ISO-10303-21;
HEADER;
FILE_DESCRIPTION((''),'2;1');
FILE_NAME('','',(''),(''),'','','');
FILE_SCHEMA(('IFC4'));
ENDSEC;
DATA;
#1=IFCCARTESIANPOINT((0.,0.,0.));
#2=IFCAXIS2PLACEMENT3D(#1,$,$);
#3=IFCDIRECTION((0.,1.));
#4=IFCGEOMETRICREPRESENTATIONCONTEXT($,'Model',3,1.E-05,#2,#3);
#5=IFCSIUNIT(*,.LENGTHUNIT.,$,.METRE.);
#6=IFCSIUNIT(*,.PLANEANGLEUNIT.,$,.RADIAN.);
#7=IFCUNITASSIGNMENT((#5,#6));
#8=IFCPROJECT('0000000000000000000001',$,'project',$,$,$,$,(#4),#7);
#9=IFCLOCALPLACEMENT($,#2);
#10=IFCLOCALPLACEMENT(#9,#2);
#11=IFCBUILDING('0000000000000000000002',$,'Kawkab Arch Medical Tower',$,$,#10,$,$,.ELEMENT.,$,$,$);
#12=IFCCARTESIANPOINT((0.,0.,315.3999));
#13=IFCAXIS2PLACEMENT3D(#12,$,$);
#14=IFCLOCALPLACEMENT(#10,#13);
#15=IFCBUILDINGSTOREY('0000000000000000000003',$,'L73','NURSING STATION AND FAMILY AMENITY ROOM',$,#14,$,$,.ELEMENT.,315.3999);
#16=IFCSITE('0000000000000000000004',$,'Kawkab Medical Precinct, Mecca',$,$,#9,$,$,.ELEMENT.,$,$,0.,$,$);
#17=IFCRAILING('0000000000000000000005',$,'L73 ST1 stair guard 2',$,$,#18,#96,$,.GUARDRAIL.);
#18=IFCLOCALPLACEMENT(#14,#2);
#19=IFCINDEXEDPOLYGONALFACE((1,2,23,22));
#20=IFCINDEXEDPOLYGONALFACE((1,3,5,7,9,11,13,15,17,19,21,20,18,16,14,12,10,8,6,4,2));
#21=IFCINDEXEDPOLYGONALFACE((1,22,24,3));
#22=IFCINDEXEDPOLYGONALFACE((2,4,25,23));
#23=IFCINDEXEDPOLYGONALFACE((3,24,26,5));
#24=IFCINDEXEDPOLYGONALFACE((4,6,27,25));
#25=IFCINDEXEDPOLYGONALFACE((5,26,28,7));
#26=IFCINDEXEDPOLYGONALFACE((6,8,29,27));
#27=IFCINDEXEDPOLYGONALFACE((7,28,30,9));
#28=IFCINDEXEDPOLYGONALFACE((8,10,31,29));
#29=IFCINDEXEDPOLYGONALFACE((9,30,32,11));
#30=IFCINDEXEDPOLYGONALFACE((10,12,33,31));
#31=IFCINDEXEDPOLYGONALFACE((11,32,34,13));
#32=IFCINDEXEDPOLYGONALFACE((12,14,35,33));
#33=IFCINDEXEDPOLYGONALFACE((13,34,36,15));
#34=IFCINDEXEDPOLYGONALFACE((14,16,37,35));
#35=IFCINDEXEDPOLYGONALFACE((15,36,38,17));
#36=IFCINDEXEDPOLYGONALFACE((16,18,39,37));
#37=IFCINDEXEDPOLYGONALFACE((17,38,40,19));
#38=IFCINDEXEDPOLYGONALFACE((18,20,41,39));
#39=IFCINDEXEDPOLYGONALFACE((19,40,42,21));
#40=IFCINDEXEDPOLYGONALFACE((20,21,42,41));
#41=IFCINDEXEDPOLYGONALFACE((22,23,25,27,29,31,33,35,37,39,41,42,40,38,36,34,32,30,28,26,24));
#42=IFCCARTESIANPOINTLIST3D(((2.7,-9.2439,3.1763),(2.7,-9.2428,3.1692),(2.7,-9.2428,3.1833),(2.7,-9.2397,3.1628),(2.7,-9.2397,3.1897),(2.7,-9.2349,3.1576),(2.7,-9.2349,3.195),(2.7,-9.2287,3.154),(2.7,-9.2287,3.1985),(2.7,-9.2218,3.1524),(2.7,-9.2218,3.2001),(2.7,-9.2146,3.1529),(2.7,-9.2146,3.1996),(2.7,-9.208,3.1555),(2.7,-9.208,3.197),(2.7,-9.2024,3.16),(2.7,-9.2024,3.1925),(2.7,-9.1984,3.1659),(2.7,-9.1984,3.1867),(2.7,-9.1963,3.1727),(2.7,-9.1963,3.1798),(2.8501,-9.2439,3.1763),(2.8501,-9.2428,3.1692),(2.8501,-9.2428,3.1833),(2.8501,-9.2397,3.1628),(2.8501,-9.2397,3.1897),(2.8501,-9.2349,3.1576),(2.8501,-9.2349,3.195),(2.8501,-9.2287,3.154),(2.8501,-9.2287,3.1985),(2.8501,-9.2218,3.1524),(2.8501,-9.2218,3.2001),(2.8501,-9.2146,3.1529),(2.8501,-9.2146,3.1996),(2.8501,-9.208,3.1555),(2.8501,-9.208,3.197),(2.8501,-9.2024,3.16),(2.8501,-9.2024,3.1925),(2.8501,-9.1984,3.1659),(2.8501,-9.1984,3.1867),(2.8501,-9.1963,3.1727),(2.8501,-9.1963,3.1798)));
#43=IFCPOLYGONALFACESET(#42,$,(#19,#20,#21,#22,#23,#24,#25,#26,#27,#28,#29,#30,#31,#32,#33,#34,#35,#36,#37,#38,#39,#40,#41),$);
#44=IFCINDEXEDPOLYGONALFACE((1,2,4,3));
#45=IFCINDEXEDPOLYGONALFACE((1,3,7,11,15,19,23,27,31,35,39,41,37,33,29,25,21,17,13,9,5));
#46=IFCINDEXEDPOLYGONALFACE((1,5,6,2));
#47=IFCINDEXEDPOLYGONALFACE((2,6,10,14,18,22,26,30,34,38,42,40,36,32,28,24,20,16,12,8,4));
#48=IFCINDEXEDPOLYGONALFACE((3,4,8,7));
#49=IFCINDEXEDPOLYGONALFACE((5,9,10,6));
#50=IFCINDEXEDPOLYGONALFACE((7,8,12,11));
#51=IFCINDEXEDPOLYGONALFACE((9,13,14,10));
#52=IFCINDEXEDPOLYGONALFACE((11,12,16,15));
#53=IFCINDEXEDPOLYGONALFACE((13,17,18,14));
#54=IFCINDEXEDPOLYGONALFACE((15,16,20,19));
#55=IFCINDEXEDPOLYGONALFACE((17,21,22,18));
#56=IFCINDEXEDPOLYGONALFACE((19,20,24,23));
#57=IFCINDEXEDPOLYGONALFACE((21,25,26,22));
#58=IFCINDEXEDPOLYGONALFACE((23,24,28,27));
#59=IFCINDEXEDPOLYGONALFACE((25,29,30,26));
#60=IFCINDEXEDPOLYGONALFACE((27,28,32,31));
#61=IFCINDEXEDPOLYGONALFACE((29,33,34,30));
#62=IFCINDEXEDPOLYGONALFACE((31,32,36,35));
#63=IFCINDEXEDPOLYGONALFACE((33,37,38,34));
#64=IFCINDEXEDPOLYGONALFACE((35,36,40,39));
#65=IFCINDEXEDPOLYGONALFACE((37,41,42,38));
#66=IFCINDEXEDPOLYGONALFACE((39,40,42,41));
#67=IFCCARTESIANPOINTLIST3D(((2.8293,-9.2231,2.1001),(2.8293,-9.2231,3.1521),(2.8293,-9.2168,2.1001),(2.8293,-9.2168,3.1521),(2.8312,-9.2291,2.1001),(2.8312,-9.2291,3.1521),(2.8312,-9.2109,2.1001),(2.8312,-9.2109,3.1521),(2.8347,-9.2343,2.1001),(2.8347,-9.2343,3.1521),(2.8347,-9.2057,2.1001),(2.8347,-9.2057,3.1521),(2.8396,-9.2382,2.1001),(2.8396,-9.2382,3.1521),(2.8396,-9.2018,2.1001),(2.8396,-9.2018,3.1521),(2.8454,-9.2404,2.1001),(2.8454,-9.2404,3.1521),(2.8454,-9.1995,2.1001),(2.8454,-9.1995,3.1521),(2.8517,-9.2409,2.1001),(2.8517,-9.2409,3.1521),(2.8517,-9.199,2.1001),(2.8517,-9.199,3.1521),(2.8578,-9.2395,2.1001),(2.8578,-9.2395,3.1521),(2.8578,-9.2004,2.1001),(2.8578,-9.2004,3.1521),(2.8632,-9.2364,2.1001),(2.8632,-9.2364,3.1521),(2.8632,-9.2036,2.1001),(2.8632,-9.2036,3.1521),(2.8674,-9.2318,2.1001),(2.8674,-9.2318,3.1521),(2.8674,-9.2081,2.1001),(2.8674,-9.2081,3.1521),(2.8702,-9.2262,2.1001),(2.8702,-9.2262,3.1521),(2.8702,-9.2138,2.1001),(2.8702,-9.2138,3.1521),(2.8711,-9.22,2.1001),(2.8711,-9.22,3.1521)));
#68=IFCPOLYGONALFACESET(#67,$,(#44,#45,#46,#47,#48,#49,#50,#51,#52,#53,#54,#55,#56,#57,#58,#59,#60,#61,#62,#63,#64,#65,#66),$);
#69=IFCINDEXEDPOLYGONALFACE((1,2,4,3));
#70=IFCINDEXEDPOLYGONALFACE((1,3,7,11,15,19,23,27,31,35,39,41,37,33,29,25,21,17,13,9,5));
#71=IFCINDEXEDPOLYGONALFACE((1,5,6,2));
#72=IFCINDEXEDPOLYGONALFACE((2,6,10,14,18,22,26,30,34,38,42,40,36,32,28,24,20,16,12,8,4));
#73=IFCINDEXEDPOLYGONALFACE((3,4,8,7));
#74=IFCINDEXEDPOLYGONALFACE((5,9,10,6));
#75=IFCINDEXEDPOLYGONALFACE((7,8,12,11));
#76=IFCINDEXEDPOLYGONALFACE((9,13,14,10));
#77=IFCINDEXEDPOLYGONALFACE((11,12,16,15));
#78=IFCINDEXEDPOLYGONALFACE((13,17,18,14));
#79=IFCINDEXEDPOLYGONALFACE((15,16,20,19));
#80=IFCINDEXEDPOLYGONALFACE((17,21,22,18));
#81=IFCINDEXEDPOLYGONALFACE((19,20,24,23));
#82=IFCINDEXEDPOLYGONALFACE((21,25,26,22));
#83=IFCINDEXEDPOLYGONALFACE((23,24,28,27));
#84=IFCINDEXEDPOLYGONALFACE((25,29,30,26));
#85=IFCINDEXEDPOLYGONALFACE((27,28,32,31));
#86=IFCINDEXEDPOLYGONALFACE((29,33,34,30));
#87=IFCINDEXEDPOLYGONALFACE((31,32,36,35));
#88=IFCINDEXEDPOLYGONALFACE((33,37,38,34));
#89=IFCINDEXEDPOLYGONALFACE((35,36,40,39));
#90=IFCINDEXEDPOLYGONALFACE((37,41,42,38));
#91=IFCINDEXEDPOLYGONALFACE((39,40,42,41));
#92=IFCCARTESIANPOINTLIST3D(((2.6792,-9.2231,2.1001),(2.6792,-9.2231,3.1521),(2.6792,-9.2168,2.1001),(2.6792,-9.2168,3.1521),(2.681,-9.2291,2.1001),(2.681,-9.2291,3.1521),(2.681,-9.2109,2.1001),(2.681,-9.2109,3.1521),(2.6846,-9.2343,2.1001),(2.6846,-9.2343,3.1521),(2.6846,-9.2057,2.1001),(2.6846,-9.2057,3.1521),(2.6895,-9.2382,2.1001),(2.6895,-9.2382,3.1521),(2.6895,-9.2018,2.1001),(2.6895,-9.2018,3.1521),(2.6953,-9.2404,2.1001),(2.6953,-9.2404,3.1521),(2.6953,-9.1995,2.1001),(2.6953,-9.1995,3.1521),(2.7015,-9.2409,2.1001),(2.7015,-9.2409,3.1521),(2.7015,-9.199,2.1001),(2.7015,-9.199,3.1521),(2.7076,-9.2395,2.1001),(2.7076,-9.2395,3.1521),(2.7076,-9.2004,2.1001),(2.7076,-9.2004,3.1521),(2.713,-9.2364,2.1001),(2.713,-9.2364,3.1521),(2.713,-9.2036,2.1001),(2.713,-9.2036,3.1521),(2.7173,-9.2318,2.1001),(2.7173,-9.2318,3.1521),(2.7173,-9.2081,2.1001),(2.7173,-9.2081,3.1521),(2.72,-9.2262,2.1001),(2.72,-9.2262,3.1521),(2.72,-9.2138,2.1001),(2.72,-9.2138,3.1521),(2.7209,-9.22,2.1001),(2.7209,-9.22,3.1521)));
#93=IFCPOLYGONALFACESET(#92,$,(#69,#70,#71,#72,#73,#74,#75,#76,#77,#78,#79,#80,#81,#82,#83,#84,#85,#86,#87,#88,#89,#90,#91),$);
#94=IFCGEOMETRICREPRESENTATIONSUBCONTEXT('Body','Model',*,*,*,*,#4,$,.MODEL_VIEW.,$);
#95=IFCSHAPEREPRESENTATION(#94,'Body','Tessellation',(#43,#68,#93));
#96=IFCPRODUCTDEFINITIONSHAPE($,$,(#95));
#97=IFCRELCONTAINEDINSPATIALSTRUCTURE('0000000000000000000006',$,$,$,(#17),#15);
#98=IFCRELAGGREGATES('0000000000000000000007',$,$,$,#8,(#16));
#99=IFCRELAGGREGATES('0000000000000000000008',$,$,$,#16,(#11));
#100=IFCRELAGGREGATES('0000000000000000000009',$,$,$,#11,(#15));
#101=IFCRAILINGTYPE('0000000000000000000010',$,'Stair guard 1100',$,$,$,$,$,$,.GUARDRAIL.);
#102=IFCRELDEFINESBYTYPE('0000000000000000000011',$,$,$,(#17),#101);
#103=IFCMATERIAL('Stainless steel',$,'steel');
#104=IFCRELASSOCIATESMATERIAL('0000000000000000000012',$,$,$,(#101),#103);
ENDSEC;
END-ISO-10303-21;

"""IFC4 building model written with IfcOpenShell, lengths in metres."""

from ifc_helpers import new_model, si_unit, direction, frame, origin, origin_2d, place, context, subcontext, project, spatial, circle, extrude, material, type_object, element, save


model = new_model("IFC4")

# Units and contexts
model_context = context("Model", 3, precision=1e-05, world=origin(), true_north=direction((0.0, 1.0)))
body_context = subcontext(model_context, "Body", "Model", "MODEL_VIEW")
ifc_project = project(units=[si_unit("LENGTHUNIT", "METRE"), si_unit("PLANEANGLEUNIT", "RADIAN")], contexts=[model_context])

# Site, building, storey
site_placement = place(None, origin())
site = spatial("IfcSite", under=ifc_project, at=site_placement, Name="Kawkab Medical Precinct, Mecca", CompositionType="ELEMENT", RefElevation=0.0)
building_placement = place(site_placement, origin())
building = spatial("IfcBuilding", under=site, at=building_placement, Name="Kawkab Arch Medical Tower", CompositionType="ELEMENT")
storey_placement = place(building_placement, frame((0.0, 0.0, 315.3999)))
storey = spatial("IfcBuildingStorey", under=building, at=storey_placement, Name="L73", Description="NURSING STATION AND FAMILY AMENITY ROOM", CompositionType="ELEMENT", Elevation=315.3999)

# Railing
ifc_material_1 = material(Name="Stainless steel", Category="steel")
railing_type = type_object("IfcRailingType", Name="Stair guard 1100", PredefinedType="GUARDRAIL", material=ifc_material_1)
railing_1_placement = place(storey_placement, frame((2.8501, -9.22, 2.1001)))
element("IfcRailing", 1, at=railing_1_placement, inside=storey, type_object=railing_type, Name="L73 ST1 stair guard 2", PredefinedType="GUARDRAIL", context=body_context, shape_type="SweptSolid", body=[
    extrude(circle(Radius=0.0239, at=origin_2d()), frame((0.0, 0.0, 1.0762), z_axis=(-1.0, 0.0, 0.0), x_axis=(0.0, -1.0, 0.0)), (0.0, 0.0, 1.0), 0.1501),
    extrude(circle(Radius=0.021, at=origin_2d()), origin(), (0.0, 0.0, 1.0), 1.052),
    extrude(circle(Radius=0.021, at=origin_2d()), frame((-0.1501, 0.0, 0.0)), (0.0, 0.0, 1.0), 1.052),
])

save(model, "model.ifc")
